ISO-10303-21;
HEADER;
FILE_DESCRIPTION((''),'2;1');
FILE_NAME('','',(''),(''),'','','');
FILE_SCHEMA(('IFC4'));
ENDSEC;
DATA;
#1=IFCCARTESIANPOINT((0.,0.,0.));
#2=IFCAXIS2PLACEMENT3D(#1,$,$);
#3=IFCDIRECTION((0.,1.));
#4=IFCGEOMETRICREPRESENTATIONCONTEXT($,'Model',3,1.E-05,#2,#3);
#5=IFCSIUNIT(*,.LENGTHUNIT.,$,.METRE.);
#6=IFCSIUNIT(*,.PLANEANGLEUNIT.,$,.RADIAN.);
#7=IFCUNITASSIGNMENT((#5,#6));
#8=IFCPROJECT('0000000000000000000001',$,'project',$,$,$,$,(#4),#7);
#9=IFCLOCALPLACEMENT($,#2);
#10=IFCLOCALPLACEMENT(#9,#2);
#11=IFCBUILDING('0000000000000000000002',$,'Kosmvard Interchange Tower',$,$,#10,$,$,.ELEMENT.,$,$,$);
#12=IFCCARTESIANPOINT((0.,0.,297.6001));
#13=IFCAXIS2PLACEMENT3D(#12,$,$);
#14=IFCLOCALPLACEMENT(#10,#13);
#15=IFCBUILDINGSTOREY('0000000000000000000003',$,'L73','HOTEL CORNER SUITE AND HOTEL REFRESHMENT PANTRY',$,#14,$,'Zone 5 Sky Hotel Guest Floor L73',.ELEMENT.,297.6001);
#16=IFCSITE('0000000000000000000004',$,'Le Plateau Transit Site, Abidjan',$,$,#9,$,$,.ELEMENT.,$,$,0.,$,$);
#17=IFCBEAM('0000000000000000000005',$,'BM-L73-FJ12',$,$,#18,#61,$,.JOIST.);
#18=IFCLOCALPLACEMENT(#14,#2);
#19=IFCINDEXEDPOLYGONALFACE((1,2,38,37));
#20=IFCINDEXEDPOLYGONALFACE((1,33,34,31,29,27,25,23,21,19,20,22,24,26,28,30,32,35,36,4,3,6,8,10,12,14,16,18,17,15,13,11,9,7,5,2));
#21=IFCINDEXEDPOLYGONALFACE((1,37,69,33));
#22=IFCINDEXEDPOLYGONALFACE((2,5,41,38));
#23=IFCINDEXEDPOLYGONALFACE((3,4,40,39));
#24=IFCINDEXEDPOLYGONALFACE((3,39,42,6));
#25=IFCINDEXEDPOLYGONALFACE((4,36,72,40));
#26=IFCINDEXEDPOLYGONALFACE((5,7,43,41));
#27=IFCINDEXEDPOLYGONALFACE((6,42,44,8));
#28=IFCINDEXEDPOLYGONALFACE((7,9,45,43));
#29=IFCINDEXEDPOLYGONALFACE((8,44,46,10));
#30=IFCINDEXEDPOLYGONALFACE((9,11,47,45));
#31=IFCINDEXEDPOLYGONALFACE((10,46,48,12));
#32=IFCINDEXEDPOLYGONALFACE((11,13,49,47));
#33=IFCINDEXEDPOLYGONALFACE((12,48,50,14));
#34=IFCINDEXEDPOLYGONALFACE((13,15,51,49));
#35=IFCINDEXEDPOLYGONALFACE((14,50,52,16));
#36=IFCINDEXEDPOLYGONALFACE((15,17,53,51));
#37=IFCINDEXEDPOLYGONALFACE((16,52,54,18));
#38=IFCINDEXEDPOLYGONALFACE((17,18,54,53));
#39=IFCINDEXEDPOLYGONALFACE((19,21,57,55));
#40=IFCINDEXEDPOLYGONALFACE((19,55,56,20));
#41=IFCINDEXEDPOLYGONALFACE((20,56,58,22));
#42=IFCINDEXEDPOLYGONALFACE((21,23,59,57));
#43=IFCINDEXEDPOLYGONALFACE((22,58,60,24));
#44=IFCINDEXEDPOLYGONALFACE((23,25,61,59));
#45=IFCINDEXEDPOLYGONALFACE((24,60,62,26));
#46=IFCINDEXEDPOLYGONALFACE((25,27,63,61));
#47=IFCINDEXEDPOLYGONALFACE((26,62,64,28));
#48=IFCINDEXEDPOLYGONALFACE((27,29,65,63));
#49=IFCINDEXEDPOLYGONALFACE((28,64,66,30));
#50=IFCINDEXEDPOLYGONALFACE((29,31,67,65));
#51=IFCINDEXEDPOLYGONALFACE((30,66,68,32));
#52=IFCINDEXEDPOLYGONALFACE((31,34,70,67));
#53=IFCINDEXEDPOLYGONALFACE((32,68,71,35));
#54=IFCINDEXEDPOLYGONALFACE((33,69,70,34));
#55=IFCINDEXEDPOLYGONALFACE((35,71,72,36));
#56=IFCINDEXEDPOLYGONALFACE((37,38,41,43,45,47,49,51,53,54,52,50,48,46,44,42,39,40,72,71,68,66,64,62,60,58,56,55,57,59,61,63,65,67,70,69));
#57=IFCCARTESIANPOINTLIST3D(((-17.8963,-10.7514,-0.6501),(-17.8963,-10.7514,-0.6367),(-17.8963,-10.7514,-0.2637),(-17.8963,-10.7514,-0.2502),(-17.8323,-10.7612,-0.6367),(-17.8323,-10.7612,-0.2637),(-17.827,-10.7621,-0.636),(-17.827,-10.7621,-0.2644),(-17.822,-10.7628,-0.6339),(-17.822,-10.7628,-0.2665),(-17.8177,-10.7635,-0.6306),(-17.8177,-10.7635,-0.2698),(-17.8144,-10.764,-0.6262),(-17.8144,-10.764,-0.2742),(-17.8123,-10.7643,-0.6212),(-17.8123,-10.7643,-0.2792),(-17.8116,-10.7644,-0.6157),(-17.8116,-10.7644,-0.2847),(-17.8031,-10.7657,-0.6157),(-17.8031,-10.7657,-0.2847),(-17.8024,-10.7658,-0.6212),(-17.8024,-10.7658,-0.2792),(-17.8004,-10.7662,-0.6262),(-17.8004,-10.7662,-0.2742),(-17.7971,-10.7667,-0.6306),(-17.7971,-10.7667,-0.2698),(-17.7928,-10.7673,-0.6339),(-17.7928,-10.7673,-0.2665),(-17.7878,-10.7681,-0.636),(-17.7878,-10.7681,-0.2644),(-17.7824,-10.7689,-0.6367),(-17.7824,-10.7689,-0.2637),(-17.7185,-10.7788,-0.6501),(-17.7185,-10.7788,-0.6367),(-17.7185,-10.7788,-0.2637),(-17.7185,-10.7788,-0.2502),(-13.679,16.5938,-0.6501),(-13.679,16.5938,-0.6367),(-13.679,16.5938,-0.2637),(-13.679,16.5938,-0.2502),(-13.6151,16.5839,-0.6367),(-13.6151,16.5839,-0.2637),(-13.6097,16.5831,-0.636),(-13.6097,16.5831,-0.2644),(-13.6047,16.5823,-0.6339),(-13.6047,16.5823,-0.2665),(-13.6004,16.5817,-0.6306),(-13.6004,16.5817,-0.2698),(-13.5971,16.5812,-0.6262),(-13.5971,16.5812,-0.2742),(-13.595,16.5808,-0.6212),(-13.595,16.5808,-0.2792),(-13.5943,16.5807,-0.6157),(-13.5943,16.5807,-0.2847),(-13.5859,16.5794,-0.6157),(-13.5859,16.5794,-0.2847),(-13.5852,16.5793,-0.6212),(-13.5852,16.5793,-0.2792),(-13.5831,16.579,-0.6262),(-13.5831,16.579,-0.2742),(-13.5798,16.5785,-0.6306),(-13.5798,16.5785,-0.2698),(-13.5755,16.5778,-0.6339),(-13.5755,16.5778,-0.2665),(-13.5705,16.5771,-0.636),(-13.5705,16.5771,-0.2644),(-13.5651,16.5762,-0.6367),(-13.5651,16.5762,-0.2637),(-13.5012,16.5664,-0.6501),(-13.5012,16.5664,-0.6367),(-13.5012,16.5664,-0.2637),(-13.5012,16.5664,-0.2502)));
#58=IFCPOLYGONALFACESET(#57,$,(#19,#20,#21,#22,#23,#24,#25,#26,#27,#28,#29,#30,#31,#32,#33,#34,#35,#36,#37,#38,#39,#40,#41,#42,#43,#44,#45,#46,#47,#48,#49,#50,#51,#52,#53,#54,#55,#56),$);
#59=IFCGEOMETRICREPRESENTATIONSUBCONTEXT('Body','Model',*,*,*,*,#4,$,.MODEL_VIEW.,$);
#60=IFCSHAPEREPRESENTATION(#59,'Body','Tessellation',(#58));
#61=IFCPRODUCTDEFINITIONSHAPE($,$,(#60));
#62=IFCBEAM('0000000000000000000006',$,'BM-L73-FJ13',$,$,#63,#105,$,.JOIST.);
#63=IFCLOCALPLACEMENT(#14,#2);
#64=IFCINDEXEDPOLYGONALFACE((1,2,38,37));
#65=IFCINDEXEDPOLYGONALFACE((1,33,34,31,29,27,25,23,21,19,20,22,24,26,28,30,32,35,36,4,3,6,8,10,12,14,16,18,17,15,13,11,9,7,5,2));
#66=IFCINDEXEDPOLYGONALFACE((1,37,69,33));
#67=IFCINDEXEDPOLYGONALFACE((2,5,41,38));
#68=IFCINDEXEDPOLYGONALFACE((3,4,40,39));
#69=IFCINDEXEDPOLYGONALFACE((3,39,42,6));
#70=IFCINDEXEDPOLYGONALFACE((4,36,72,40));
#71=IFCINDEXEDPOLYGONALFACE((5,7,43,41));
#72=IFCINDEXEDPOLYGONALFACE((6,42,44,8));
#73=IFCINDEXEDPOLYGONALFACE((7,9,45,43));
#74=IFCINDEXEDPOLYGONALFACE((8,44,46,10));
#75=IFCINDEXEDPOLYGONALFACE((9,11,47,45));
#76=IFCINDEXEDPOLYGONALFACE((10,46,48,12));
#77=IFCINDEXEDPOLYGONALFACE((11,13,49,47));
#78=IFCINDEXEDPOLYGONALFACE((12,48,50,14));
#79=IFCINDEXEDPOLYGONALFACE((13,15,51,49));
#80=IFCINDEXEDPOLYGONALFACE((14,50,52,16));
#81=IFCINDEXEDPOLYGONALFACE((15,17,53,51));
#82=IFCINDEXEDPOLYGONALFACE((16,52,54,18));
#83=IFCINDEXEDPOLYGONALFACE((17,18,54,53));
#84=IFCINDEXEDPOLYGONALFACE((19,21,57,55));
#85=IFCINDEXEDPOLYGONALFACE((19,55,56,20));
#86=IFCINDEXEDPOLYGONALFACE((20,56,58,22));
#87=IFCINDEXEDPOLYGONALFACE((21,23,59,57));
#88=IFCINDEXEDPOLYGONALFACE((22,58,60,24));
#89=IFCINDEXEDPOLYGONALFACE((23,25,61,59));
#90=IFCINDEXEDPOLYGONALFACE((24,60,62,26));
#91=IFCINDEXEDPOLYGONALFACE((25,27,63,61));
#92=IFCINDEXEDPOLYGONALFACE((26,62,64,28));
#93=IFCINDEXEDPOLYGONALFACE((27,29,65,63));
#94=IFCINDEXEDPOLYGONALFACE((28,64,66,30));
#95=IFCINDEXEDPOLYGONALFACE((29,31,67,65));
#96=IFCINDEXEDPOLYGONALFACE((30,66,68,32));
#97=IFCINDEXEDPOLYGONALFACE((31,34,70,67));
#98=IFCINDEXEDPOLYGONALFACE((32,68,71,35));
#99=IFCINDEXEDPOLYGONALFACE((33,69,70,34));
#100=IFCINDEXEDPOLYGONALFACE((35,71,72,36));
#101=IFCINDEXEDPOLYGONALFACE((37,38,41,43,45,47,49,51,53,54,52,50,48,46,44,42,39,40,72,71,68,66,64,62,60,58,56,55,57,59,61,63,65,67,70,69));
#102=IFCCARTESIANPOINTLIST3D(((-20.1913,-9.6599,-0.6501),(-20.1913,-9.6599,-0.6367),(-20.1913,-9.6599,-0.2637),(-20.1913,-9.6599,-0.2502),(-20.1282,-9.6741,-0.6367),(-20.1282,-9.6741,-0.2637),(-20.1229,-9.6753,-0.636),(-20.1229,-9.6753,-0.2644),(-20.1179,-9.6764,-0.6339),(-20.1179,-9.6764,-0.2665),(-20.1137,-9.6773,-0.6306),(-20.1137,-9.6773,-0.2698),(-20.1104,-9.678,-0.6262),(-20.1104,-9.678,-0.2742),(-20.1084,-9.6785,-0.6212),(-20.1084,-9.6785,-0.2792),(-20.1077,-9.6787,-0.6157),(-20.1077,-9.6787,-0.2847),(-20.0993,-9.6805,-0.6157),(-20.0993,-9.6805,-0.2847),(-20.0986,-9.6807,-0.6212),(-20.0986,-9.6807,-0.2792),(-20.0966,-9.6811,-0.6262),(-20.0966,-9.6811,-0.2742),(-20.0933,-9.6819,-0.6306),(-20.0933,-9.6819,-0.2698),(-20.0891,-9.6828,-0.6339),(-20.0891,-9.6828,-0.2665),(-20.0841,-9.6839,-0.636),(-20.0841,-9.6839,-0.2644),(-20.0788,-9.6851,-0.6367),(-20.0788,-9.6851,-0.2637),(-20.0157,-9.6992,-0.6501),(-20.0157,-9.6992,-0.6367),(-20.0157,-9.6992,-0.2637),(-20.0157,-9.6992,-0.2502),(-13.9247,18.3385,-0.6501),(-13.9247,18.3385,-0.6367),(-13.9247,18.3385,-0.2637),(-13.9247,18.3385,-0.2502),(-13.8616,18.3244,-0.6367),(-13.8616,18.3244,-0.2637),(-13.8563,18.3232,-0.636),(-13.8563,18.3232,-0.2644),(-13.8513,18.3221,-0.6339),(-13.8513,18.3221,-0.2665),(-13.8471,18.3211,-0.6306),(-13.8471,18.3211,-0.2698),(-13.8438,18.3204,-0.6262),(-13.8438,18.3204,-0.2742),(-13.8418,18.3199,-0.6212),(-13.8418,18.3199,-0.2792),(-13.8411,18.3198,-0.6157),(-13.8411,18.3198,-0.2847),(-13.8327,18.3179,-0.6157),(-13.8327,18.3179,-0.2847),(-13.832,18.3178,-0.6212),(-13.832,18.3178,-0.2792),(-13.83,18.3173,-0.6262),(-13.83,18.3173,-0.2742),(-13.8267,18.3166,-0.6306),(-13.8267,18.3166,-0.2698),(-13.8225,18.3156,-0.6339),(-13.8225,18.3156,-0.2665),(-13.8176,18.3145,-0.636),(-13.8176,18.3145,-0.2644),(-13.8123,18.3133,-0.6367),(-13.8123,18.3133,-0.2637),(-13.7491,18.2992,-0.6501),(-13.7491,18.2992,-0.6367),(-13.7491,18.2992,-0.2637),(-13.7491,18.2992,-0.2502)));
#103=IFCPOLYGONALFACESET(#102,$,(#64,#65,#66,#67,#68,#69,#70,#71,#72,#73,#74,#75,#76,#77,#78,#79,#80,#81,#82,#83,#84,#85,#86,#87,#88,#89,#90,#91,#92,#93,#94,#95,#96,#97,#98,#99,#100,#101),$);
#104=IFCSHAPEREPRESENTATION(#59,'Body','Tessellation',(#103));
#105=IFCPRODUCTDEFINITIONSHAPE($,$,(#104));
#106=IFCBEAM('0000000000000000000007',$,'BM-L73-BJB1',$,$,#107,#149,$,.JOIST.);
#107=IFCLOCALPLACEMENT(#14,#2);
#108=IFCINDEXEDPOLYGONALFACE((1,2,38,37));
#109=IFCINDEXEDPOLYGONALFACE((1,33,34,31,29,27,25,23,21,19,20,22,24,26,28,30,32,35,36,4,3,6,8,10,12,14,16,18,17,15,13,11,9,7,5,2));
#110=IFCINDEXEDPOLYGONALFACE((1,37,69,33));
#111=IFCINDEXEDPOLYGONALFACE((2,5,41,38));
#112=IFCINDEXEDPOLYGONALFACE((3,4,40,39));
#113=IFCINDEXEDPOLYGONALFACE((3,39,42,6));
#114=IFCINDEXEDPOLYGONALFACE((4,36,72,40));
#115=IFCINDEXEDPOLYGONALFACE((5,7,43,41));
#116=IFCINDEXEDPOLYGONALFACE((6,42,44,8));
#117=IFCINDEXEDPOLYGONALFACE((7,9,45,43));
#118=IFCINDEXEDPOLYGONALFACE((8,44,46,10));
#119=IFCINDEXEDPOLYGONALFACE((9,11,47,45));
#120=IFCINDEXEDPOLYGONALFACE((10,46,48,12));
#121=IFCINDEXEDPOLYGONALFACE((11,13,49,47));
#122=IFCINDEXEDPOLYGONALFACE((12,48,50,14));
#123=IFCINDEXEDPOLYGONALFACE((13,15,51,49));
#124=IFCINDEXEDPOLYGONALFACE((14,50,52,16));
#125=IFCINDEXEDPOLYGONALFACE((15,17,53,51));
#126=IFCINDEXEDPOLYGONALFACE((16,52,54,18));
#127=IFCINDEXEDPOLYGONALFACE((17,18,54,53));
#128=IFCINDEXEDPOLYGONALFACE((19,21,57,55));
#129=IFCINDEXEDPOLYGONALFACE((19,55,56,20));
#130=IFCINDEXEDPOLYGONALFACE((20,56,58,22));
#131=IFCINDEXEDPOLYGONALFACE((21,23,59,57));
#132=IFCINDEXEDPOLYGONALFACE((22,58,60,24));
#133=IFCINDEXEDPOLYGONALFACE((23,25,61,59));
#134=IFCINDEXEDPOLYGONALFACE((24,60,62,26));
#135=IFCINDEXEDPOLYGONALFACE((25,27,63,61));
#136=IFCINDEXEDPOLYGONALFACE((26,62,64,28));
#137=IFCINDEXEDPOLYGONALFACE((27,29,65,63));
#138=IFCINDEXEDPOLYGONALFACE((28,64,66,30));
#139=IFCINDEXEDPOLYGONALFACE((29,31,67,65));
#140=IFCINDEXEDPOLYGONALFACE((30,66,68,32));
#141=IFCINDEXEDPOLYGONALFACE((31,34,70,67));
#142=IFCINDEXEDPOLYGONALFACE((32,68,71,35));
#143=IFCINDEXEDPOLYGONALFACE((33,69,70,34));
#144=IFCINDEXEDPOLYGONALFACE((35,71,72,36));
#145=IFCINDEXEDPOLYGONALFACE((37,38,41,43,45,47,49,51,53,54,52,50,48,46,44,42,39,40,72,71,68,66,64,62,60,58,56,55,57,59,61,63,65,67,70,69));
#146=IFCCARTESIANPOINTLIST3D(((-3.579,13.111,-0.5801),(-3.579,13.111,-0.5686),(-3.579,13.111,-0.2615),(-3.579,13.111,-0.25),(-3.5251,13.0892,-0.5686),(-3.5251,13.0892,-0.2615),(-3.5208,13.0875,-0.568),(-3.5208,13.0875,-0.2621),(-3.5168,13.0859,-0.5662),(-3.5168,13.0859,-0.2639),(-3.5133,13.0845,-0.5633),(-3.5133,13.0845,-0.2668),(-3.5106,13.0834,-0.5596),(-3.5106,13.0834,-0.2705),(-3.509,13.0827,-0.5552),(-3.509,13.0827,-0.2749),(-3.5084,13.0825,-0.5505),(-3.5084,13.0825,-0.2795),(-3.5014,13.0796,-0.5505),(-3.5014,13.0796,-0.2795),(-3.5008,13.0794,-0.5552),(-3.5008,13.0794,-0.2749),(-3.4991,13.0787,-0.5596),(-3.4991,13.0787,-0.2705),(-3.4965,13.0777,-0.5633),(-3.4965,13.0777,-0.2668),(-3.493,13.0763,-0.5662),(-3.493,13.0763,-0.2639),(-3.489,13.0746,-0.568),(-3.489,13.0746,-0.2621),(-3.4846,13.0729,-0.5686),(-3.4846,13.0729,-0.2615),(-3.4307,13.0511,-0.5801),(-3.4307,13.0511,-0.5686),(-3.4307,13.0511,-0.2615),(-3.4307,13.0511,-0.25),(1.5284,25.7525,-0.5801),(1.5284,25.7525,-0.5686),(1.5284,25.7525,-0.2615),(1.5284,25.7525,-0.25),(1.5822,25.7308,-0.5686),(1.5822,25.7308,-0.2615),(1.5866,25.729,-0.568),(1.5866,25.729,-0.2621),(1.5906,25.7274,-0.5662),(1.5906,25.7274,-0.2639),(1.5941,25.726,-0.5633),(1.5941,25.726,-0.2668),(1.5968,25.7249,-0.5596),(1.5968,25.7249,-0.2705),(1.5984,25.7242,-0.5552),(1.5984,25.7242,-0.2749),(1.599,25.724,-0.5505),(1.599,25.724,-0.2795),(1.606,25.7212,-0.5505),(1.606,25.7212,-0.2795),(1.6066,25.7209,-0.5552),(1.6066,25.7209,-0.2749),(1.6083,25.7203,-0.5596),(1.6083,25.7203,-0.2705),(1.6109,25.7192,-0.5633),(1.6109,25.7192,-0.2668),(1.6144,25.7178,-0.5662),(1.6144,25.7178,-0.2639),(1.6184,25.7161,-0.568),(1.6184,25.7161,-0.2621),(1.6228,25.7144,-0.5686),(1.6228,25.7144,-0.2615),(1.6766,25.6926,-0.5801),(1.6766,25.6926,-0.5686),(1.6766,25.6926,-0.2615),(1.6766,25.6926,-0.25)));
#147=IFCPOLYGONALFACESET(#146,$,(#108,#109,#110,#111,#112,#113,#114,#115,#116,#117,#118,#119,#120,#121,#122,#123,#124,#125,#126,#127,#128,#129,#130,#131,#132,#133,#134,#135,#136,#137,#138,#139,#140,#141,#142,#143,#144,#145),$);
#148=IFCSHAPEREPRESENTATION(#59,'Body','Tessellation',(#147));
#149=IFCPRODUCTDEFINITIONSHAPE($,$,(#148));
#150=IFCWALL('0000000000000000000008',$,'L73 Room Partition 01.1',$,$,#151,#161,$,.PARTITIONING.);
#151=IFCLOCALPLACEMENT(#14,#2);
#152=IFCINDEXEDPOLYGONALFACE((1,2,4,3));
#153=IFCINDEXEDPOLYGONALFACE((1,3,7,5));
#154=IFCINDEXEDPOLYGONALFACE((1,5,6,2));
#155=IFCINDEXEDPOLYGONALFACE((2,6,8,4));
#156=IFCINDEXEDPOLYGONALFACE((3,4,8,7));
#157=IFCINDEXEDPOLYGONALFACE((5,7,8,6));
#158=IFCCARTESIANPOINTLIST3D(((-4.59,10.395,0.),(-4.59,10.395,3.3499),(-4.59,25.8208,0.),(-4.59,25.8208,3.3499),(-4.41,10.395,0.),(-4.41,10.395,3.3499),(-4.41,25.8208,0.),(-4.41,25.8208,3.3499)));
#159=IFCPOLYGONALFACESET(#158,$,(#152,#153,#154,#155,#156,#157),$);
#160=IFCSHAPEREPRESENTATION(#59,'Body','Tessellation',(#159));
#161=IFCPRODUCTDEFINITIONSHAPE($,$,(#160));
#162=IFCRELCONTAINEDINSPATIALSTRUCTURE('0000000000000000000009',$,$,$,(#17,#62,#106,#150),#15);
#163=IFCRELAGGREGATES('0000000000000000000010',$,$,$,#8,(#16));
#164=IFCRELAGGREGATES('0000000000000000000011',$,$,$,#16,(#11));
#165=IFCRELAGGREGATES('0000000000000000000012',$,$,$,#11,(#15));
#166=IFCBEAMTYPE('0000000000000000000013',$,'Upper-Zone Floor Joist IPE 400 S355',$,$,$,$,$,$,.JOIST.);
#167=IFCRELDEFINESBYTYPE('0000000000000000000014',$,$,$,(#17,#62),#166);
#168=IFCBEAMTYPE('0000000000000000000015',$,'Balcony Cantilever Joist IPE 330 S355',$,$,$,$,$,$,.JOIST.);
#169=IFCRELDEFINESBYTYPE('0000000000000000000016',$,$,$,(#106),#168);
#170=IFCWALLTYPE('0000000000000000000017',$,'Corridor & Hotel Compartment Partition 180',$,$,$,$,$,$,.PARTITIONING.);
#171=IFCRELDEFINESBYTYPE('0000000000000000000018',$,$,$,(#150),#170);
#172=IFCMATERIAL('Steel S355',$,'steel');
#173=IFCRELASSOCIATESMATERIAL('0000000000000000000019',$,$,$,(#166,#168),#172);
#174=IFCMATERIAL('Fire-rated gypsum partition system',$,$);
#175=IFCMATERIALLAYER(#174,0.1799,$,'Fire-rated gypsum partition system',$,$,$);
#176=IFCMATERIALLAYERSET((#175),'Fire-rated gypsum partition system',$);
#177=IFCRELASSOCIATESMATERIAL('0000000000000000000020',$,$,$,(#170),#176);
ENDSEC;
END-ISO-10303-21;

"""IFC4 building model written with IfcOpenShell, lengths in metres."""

from ifc_helpers import new_model, si_unit, direction, frame, frame_2d, origin, origin_2d, place, context, subcontext, project, spatial, rectangle, i_section, extrude, source, transform, mapped, material, layer, layer_set, material_profile, profile_set, type_object, element, save


model = new_model("IFC4")

# Units and contexts
model_context = context("Model", 3, precision=1e-05, world=origin(), true_north=direction((0.0, 1.0)))
body_context = subcontext(model_context, "Body", "Model", "MODEL_VIEW")
ifc_project = project(units=[si_unit("LENGTHUNIT", "METRE"), si_unit("PLANEANGLEUNIT", "RADIAN")], contexts=[model_context])

# Site, building, storey
site_placement = place(None, origin())
site = spatial("IfcSite", under=ifc_project, at=site_placement, Name="Le Plateau Transit Site, Abidjan", CompositionType="ELEMENT", RefElevation=0.0)
building_placement = place(site_placement, origin())
building = spatial("IfcBuilding", under=site, at=building_placement, Name="Kosmvard Interchange Tower", CompositionType="ELEMENT")
storey_placement = place(building_placement, frame((0.0, 0.0, 297.6001)))
storey = spatial("IfcBuildingStorey", under=building, at=storey_placement, Name="L73", Description="HOTEL CORNER SUITE AND HOTEL REFRESHMENT PANTRY", LongName="Zone 5 Sky Hotel Guest Floor L73", CompositionType="ELEMENT", Elevation=297.6001)

# Beams
ifc_material_1 = material(Name="Steel S355", Category="steel")
ifc_material_profile_1 = material_profile(ifc_material_1, i_section(OverallWidth=0.1799, OverallDepth=0.3999, WebThickness=0.0085, FlangeThickness=0.0134, FilletRadius=0.021, at=origin_2d()), Name="IPE 400")
ifc_profile_set_1 = profile_set([ifc_material_profile_1], Name="Steel S355")
beam_type_1 = type_object("IfcBeamType", Name="Upper-Zone Floor Joist IPE 400 S355", PredefinedType="JOIST", material=ifc_profile_set_1)
shared_shape_1 = source(origin(), body_context, "Body", "SweptSolid", [
    extrude(i_section(OverallWidth=0.1799, OverallDepth=0.3999, WebThickness=0.0085, FlangeThickness=0.0134, FilletRadius=0.021, at=origin_2d()), origin(), (0.0, 0.0, 1.0), 27.6685),
])
beam_1_placement = place(storey_placement, frame((-13.5901, 16.5801, -0.4502), z_axis=(-0.152422, -0.988316, 0.0), x_axis=(0.988316, -0.152422, 0.0)))
element("IfcBeam", 1, at=beam_1_placement, inside=storey, type_object=beam_type_1, Name="BM-L73-FJ12", PredefinedType="JOIST", context=body_context, shape_type="MappedRepresentation", body=[
    mapped(shared_shape_1, transform((0.0, 0.0, 0.0), scale=1.0)),
])
shared_shape_2 = source(origin(), body_context, "Body", "SweptSolid", [
    extrude(i_section(OverallWidth=0.1799, OverallDepth=0.3999, WebThickness=0.0085, FlangeThickness=0.0134, FilletRadius=0.021, at=origin_2d()), origin(), (0.0, 0.0, 1.0), 28.6912),
])
beam_2_placement = place(storey_placement, frame((-13.8369, 18.3188, -0.4502), z_axis=(-0.218415, -0.975856, 0.0), x_axis=(0.975856, -0.218415, 0.0)))
element("IfcBeam", 2, at=beam_2_placement, inside=storey, type_object=beam_type_1, Name="BM-L73-FJ13", PredefinedType="JOIST", context=body_context, shape_type="MappedRepresentation", body=[
    mapped(shared_shape_2, transform((0.0, 0.0, 0.0), scale=1.0)),
])
ifc_material_profile_2 = material_profile(ifc_material_1, i_section(OverallWidth=0.1599, OverallDepth=0.3301, WebThickness=0.0076, FlangeThickness=0.0115, FilletRadius=0.0181, at=origin_2d()), Name="IPE 330")
ifc_profile_set_2 = profile_set([ifc_material_profile_2], Name="Steel S355")
beam_type_2 = type_object("IfcBeamType", Name="Balcony Cantilever Joist IPE 330 S355", PredefinedType="JOIST", material=ifc_profile_set_2)
shared_shape_3 = source(origin(), body_context, "Body", "SweptSolid", [
    extrude(i_section(OverallWidth=0.1599, OverallDepth=0.3301, WebThickness=0.0076, FlangeThickness=0.0115, FilletRadius=0.0181, at=origin_2d()), origin(), (0.0, 0.0, 1.0), 13.6343),
])
beam_3_placement = place(storey_placement, frame((-3.5049, 13.0811, -0.415), z_axis=(0.374599, 0.927187, 0.0), x_axis=(-0.927187, 0.374599, 0.0)))
element("IfcBeam", 3, at=beam_3_placement, inside=storey, type_object=beam_type_2, Name="BM-L73-BJB1", PredefinedType="JOIST", context=body_context, shape_type="MappedRepresentation", body=[
    mapped(shared_shape_3, transform((0.0, 0.0, 0.0), scale=1.0)),
])

# Shared definitions
ifc_material_2 = material(Name="Fire-rated gypsum partition system")
ifc_layer_1 = layer(ifc_material_2, 0.1799, Name="Fire-rated gypsum partition system")
ifc_layer_set_1 = layer_set([ifc_layer_1], Name="Fire-rated gypsum partition system")
wall_type_1 = type_object("IfcWallType", Name="Corridor & Hotel Compartment Partition 180", PredefinedType="PARTITIONING", material=ifc_layer_set_1)

# Wall
wall_1_placement = place(storey_placement, frame((-4.5, 10.395, 0.0), z_axis=(0.0, 0.0, 1.0), x_axis=(0.0, 1.0, 0.0)))
element("IfcWall", 4, at=wall_1_placement, inside=storey, type_object=wall_type_1, Name="L73 Room Partition 01.1", PredefinedType="PARTITIONING", context=body_context, shape_type="SweptSolid", body=[
    extrude(rectangle(XDim=15.4258, YDim=0.1799, at=frame_2d((7.7129, 0.0))), origin(), (0.0, 0.0, 1.0), 3.3499),
])

save(model, "model.ifc")
